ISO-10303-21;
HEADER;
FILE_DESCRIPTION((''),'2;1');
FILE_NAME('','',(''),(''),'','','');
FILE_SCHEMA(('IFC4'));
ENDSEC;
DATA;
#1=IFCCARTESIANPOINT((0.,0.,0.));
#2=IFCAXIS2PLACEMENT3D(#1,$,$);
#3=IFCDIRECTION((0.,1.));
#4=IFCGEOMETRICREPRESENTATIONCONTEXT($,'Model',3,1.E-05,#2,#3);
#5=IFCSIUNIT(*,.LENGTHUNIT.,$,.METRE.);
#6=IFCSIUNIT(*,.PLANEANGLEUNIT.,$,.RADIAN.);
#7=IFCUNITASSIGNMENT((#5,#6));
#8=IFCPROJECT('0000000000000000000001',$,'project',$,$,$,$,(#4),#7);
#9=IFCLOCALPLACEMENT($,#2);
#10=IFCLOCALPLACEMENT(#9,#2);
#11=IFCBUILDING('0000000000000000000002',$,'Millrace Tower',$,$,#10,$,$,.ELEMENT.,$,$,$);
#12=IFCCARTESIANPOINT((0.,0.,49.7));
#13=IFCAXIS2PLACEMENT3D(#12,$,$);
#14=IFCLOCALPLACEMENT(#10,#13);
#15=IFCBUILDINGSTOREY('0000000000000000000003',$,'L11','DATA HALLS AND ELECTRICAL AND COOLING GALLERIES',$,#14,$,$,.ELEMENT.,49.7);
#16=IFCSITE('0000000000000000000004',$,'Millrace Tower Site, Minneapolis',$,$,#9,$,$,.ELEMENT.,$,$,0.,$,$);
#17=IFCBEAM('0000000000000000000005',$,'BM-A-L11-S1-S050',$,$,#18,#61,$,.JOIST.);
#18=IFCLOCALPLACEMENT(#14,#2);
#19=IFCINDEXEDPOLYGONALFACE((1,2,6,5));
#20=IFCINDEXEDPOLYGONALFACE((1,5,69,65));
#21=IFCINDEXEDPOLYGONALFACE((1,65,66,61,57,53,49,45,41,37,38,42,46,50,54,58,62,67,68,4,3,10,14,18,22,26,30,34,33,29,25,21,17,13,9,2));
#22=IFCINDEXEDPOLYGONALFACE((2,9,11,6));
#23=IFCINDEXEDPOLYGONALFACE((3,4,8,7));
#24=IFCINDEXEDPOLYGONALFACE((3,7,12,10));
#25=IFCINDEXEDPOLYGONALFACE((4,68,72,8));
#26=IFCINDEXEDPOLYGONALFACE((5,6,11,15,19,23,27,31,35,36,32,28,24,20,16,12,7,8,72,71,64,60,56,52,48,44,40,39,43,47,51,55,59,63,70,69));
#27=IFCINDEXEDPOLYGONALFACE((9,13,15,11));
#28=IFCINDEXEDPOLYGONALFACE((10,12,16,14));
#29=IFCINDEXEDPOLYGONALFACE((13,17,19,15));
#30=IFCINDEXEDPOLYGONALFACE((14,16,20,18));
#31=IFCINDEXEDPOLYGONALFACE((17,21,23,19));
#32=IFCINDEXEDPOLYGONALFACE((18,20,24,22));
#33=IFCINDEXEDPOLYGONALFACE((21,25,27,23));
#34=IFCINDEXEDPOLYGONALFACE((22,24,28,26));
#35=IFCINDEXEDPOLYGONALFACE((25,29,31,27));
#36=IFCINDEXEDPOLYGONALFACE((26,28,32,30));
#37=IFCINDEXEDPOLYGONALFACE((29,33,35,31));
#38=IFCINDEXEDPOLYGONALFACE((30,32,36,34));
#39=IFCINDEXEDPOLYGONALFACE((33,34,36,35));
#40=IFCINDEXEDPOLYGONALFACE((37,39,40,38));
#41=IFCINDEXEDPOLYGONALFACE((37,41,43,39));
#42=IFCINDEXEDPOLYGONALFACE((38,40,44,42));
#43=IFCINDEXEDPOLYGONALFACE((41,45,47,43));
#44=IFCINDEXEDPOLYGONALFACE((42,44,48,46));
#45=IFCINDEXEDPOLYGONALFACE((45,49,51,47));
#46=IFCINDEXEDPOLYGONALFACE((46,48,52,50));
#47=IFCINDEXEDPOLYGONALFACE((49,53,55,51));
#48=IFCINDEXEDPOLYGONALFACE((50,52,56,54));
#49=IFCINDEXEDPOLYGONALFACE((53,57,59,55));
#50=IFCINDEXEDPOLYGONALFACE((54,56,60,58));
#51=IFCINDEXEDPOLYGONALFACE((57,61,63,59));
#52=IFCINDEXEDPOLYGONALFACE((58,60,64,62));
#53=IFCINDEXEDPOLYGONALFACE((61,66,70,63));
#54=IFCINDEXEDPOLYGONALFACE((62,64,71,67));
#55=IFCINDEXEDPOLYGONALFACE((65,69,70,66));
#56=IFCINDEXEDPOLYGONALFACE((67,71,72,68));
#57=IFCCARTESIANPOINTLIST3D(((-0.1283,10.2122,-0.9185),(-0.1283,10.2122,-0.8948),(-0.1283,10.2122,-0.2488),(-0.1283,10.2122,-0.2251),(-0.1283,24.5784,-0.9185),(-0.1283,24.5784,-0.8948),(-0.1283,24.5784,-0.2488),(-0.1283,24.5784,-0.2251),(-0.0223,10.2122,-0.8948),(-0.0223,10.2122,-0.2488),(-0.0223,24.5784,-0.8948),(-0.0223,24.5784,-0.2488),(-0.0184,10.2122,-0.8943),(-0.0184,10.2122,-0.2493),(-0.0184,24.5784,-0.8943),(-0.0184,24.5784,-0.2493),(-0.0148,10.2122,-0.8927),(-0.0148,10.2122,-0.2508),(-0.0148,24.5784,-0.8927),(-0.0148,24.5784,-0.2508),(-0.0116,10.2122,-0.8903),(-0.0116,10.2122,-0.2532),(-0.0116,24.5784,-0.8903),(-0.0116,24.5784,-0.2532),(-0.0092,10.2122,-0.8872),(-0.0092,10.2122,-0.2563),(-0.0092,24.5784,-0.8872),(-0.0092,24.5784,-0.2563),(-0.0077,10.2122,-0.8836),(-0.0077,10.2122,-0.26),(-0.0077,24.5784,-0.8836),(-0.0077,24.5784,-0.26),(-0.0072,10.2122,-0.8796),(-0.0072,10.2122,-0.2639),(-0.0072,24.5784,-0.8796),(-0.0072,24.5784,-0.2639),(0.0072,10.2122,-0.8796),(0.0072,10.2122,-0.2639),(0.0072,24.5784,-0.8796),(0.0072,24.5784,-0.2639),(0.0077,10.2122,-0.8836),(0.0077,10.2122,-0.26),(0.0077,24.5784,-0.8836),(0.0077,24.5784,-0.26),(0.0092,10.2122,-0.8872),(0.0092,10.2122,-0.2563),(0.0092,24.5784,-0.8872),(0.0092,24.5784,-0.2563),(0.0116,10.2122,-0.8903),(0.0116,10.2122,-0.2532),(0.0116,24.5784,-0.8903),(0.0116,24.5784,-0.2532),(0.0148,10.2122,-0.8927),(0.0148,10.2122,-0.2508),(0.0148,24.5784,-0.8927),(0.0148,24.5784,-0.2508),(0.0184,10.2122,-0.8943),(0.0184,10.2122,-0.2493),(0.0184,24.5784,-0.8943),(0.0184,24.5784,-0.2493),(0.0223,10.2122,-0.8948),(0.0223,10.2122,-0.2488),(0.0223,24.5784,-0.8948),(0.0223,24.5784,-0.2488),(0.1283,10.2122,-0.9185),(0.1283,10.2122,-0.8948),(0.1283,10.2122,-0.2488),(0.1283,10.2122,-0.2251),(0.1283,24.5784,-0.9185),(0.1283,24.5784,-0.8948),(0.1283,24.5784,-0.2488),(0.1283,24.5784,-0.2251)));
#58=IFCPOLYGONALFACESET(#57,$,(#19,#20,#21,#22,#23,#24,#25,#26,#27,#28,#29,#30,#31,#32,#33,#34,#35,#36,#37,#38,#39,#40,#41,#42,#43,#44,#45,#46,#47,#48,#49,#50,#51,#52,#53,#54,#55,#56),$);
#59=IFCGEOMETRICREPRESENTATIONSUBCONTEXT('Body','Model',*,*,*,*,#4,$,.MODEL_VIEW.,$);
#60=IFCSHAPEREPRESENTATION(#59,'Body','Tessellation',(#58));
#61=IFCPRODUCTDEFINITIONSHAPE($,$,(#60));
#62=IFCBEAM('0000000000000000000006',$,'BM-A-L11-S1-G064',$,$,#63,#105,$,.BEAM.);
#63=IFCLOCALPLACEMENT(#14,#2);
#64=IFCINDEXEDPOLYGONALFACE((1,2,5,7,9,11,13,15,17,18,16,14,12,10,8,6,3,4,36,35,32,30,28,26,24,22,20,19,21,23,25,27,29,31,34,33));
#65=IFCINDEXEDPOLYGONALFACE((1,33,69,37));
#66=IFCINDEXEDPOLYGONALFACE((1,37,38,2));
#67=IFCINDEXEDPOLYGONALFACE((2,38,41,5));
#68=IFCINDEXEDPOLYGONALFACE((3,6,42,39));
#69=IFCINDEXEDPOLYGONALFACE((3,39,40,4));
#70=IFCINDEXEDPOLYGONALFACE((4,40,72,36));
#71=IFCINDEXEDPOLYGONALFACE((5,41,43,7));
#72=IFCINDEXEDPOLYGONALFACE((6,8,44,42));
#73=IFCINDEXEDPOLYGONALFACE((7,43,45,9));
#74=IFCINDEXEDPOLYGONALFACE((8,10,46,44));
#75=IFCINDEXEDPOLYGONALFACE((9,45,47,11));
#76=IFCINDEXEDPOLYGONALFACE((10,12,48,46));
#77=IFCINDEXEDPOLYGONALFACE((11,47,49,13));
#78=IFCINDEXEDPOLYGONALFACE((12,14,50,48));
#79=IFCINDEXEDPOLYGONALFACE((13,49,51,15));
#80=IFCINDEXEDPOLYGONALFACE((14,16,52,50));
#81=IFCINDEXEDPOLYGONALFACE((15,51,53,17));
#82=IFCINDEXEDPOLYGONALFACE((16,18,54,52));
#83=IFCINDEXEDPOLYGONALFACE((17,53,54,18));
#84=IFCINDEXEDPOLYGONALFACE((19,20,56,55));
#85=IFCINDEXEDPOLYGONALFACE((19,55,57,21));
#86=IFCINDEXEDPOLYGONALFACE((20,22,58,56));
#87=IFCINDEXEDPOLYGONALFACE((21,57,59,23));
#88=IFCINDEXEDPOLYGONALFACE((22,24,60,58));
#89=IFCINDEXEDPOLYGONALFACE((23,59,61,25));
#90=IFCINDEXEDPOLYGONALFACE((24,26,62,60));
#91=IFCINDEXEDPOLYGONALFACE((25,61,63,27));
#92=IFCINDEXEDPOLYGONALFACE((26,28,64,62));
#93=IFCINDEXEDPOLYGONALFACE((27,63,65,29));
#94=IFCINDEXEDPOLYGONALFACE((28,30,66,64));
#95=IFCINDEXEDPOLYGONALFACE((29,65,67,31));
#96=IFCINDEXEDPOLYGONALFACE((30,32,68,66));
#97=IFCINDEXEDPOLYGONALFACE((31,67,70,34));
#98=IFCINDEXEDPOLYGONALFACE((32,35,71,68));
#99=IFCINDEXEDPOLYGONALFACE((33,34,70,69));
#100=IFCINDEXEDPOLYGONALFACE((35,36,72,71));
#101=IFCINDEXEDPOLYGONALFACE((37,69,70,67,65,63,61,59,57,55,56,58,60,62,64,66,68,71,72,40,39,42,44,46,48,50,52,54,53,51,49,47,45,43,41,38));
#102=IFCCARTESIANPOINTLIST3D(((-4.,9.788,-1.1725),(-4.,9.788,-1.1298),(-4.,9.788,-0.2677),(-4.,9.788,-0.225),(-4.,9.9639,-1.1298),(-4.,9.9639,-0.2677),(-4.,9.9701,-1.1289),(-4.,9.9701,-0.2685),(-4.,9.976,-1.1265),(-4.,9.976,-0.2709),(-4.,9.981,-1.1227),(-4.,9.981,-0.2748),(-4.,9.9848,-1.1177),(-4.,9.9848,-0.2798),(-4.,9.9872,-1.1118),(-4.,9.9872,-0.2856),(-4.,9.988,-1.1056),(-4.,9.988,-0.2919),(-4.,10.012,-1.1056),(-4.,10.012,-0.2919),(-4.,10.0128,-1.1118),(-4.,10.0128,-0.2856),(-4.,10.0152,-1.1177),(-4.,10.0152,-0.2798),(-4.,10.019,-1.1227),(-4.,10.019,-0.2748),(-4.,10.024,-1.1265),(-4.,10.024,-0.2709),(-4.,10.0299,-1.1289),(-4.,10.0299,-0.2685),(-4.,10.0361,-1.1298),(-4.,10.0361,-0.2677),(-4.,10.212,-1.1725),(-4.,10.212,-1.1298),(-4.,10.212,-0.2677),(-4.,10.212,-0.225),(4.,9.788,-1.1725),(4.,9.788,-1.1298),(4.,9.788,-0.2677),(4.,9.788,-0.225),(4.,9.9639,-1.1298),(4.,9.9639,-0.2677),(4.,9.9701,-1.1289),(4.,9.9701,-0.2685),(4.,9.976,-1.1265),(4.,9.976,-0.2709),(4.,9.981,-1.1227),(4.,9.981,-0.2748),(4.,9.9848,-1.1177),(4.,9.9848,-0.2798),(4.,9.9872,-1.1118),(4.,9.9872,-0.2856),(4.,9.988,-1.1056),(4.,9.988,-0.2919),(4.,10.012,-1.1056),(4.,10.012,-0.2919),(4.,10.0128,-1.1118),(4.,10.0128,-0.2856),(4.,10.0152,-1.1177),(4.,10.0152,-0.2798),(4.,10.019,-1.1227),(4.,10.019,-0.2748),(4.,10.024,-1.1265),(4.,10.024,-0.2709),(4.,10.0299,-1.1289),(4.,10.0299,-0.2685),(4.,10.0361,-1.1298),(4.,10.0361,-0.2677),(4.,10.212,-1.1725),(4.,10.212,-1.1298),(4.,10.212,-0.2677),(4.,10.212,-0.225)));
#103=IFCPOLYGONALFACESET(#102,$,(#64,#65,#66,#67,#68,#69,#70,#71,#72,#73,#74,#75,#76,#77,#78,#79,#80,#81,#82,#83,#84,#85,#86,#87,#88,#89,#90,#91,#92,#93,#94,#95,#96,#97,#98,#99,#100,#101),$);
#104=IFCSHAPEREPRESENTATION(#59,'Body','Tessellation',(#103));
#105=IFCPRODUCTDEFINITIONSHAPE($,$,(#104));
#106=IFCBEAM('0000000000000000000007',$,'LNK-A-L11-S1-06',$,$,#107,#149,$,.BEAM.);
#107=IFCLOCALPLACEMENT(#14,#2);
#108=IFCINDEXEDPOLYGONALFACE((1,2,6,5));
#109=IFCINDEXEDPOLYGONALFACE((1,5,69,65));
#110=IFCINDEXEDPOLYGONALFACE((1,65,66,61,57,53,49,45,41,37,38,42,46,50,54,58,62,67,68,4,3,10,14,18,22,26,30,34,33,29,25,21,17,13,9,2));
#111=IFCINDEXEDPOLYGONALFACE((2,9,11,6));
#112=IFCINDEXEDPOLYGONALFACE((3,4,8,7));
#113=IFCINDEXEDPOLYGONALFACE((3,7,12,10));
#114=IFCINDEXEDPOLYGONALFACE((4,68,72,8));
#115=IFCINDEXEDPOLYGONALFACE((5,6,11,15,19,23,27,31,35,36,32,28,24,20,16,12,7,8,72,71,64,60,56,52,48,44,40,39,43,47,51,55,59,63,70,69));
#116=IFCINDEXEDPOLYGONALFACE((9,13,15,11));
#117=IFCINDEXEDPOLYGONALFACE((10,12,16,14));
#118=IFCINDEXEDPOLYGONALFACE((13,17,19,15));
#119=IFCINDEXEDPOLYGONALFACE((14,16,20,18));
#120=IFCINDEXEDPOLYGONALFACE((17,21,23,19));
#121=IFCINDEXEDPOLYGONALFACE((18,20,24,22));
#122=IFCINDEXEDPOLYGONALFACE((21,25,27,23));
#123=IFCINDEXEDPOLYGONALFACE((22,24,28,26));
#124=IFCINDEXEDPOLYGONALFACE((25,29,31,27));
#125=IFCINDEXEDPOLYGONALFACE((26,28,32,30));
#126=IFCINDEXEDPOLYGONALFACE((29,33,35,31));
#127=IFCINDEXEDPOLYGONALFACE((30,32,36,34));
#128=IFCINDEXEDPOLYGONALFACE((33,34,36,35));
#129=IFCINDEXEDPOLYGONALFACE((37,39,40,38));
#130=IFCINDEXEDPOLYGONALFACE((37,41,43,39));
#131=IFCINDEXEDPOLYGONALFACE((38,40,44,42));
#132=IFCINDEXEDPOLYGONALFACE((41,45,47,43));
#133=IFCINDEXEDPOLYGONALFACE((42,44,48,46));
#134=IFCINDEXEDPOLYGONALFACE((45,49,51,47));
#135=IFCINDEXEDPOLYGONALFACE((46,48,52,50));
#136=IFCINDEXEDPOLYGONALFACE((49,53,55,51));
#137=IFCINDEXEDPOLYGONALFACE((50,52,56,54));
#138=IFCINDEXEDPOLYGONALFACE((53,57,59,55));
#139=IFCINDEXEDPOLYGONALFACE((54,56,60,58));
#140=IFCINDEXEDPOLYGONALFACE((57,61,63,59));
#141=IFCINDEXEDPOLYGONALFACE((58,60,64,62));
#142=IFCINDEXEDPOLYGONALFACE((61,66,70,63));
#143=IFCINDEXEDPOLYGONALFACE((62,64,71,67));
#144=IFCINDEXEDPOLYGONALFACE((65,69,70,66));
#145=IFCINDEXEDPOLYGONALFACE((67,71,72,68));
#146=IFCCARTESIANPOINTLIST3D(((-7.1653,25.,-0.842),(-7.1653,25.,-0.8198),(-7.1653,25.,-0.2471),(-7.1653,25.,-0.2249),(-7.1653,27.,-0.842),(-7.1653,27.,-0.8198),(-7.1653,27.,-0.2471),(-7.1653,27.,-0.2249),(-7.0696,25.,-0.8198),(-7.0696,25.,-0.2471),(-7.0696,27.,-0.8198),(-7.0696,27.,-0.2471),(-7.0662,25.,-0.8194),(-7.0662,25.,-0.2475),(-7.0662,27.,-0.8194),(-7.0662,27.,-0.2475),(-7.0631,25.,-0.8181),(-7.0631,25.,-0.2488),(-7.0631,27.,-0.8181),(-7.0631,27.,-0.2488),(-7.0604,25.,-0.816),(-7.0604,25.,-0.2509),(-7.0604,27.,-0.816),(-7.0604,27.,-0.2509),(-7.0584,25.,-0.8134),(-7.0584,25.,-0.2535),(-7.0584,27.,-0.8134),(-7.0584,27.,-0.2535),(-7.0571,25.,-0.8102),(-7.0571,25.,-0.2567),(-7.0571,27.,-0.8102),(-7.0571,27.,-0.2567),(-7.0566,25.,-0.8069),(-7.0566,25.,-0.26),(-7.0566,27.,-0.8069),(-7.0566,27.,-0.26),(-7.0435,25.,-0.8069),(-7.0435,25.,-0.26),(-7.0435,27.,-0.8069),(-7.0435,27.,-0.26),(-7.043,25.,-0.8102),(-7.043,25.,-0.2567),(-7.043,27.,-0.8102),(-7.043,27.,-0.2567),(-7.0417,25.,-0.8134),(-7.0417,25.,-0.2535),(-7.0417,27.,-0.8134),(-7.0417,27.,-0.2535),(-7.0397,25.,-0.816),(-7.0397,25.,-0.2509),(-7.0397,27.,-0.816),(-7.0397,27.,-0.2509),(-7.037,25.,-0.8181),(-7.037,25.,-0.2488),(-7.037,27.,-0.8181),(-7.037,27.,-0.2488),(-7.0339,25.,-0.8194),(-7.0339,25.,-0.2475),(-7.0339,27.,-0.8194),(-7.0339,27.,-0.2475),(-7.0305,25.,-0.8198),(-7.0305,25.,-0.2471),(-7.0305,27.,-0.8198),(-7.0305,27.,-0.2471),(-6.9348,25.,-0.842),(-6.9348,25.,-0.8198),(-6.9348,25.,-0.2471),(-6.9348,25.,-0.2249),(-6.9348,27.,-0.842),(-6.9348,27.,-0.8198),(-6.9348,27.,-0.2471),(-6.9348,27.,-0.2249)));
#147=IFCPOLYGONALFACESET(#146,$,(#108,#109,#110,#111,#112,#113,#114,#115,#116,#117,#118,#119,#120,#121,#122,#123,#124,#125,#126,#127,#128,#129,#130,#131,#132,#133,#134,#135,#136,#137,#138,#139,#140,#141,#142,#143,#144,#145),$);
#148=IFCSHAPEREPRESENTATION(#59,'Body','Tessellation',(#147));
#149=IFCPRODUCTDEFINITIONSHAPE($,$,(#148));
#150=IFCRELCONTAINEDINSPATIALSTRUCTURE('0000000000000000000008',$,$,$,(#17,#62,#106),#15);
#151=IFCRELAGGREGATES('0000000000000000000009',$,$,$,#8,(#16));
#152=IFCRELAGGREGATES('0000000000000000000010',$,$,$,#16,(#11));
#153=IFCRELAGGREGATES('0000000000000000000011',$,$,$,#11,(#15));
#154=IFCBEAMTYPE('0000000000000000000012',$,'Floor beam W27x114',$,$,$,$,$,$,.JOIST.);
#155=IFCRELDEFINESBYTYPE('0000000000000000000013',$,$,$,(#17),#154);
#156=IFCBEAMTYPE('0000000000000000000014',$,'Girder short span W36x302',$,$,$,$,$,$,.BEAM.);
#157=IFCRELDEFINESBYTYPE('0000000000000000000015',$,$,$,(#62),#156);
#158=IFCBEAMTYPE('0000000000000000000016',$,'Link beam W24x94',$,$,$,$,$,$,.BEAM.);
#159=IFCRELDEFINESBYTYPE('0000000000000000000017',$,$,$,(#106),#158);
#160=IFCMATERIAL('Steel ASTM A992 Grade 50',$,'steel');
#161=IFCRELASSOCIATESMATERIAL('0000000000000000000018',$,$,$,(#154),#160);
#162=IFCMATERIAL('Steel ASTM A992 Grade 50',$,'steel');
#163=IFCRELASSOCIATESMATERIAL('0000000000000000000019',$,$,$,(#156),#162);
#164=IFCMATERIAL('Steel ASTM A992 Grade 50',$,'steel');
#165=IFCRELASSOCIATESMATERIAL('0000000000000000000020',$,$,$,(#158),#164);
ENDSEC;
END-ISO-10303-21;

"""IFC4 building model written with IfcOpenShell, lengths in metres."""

from ifc_helpers import new_model, si_unit, direction, frame, origin, origin_2d, place, context, subcontext, project, spatial, i_section, extrude, material, material_profile, profile_set, type_object, element, save


model = new_model("IFC4")

# Units and contexts
model_context = context("Model", 3, precision=1e-05, world=origin(), true_north=direction((0.0, 1.0)))
body_context = subcontext(model_context, "Body", "Model", "MODEL_VIEW")
ifc_project = project(units=[si_unit("LENGTHUNIT", "METRE"), si_unit("PLANEANGLEUNIT", "RADIAN")], contexts=[model_context])

# Site, building, storey
site_placement = place(None, origin())
site = spatial("IfcSite", under=ifc_project, at=site_placement, Name="Millrace Tower Site, Minneapolis", CompositionType="ELEMENT", RefElevation=0.0)
building_placement = place(site_placement, origin())
building = spatial("IfcBuilding", under=site, at=building_placement, Name="Millrace Tower", CompositionType="ELEMENT")
storey_placement = place(building_placement, frame((0.0, 0.0, 49.7)))
storey = spatial("IfcBuildingStorey", under=building, at=storey_placement, Name="L11", Description="DATA HALLS AND ELECTRICAL AND COOLING GALLERIES", CompositionType="ELEMENT", Elevation=49.7)

# Beams
ifc_material_1 = material(Name="Steel ASTM A992 Grade 50", Category="steel")
ifc_material_profile_1 = material_profile(ifc_material_1, i_section(OverallWidth=0.2566, OverallDepth=0.6934, WebThickness=0.0144, FlangeThickness=0.0237, FilletRadius=0.0151, at=origin_2d()))
ifc_profile_set_1 = profile_set([ifc_material_profile_1], Name="Steel ASTM A992 Grade 50")
beam_type_1 = type_object("IfcBeamType", Name="Floor beam W27x114", PredefinedType="JOIST", material=ifc_profile_set_1)
for number, where, z_axis, x_axis, name in (
    (1, (0.0, 10.2122, -0.5718), (0.0, 1.0, 0.0), (-1.0, 0.0, 0.0), "BM-A-L11-S1-S050"),
):
    element("IfcBeam", number, at=place(storey_placement, frame(where, z_axis=z_axis, x_axis=x_axis)), inside=storey, type_object=beam_type_1, Name=name, PredefinedType="JOIST", context=body_context, shape_type="SweptSolid", body=[
        extrude(i_section(OverallWidth=0.2566, OverallDepth=0.6934, WebThickness=0.0144, FlangeThickness=0.0237, FilletRadius=0.0151, at=origin_2d()), origin(), (0.0, 0.0, 1.0), 14.3662),
    ])
ifc_material_2 = material(Name="Steel ASTM A992 Grade 50", Category="steel")
ifc_material_profile_2 = material_profile(ifc_material_2, i_section(OverallWidth=0.4241, OverallDepth=0.9475, WebThickness=0.0239, FlangeThickness=0.0427, FilletRadius=0.0242, at=origin_2d()))
ifc_profile_set_2 = profile_set([ifc_material_profile_2], Name="Steel ASTM A992 Grade 50")
beam_type_2 = type_object("IfcBeamType", Name="Girder short span W36x302", PredefinedType="BEAM", material=ifc_profile_set_2)
beam_1_placement = place(storey_placement, frame((-4.0, 10.0, -0.6987), z_axis=(1.0, 0.0, 0.0), x_axis=(0.0, 1.0, 0.0)))
element("IfcBeam", 2, at=beam_1_placement, inside=storey, type_object=beam_type_2, Name="BM-A-L11-S1-G064", PredefinedType="BEAM", context=body_context, shape_type="SweptSolid", body=[
    extrude(i_section(OverallWidth=0.4241, OverallDepth=0.9475, WebThickness=0.0239, FlangeThickness=0.0427, FilletRadius=0.0242, at=origin_2d()), origin(), (0.0, 0.0, 1.0), 8.0),
])
ifc_material_3 = material(Name="Steel ASTM A992 Grade 50", Category="steel")
ifc_material_profile_3 = material_profile(ifc_material_3, i_section(OverallWidth=0.2305, OverallDepth=0.6172, WebThickness=0.0132, FlangeThickness=0.0222, FilletRadius=0.0129, at=origin_2d()))
ifc_profile_set_3 = profile_set([ifc_material_profile_3], Name="Steel ASTM A992 Grade 50")
beam_type_3 = type_object("IfcBeamType", Name="Link beam W24x94", PredefinedType="BEAM", material=ifc_profile_set_3)
beam_2_placement = place(storey_placement, frame((-7.05, 25.0, -0.5334), z_axis=(0.0, 1.0, 0.0), x_axis=(-1.0, 0.0, 0.0)))
element("IfcBeam", 3, at=beam_2_placement, inside=storey, type_object=beam_type_3, Name="LNK-A-L11-S1-06", PredefinedType="BEAM", context=body_context, shape_type="SweptSolid", body=[
    extrude(i_section(OverallWidth=0.2305, OverallDepth=0.6172, WebThickness=0.0132, FlangeThickness=0.0222, FilletRadius=0.0129, at=origin_2d()), origin(), (0.0, 0.0, 1.0), 2.0),
])

save(model, "model.ifc")
